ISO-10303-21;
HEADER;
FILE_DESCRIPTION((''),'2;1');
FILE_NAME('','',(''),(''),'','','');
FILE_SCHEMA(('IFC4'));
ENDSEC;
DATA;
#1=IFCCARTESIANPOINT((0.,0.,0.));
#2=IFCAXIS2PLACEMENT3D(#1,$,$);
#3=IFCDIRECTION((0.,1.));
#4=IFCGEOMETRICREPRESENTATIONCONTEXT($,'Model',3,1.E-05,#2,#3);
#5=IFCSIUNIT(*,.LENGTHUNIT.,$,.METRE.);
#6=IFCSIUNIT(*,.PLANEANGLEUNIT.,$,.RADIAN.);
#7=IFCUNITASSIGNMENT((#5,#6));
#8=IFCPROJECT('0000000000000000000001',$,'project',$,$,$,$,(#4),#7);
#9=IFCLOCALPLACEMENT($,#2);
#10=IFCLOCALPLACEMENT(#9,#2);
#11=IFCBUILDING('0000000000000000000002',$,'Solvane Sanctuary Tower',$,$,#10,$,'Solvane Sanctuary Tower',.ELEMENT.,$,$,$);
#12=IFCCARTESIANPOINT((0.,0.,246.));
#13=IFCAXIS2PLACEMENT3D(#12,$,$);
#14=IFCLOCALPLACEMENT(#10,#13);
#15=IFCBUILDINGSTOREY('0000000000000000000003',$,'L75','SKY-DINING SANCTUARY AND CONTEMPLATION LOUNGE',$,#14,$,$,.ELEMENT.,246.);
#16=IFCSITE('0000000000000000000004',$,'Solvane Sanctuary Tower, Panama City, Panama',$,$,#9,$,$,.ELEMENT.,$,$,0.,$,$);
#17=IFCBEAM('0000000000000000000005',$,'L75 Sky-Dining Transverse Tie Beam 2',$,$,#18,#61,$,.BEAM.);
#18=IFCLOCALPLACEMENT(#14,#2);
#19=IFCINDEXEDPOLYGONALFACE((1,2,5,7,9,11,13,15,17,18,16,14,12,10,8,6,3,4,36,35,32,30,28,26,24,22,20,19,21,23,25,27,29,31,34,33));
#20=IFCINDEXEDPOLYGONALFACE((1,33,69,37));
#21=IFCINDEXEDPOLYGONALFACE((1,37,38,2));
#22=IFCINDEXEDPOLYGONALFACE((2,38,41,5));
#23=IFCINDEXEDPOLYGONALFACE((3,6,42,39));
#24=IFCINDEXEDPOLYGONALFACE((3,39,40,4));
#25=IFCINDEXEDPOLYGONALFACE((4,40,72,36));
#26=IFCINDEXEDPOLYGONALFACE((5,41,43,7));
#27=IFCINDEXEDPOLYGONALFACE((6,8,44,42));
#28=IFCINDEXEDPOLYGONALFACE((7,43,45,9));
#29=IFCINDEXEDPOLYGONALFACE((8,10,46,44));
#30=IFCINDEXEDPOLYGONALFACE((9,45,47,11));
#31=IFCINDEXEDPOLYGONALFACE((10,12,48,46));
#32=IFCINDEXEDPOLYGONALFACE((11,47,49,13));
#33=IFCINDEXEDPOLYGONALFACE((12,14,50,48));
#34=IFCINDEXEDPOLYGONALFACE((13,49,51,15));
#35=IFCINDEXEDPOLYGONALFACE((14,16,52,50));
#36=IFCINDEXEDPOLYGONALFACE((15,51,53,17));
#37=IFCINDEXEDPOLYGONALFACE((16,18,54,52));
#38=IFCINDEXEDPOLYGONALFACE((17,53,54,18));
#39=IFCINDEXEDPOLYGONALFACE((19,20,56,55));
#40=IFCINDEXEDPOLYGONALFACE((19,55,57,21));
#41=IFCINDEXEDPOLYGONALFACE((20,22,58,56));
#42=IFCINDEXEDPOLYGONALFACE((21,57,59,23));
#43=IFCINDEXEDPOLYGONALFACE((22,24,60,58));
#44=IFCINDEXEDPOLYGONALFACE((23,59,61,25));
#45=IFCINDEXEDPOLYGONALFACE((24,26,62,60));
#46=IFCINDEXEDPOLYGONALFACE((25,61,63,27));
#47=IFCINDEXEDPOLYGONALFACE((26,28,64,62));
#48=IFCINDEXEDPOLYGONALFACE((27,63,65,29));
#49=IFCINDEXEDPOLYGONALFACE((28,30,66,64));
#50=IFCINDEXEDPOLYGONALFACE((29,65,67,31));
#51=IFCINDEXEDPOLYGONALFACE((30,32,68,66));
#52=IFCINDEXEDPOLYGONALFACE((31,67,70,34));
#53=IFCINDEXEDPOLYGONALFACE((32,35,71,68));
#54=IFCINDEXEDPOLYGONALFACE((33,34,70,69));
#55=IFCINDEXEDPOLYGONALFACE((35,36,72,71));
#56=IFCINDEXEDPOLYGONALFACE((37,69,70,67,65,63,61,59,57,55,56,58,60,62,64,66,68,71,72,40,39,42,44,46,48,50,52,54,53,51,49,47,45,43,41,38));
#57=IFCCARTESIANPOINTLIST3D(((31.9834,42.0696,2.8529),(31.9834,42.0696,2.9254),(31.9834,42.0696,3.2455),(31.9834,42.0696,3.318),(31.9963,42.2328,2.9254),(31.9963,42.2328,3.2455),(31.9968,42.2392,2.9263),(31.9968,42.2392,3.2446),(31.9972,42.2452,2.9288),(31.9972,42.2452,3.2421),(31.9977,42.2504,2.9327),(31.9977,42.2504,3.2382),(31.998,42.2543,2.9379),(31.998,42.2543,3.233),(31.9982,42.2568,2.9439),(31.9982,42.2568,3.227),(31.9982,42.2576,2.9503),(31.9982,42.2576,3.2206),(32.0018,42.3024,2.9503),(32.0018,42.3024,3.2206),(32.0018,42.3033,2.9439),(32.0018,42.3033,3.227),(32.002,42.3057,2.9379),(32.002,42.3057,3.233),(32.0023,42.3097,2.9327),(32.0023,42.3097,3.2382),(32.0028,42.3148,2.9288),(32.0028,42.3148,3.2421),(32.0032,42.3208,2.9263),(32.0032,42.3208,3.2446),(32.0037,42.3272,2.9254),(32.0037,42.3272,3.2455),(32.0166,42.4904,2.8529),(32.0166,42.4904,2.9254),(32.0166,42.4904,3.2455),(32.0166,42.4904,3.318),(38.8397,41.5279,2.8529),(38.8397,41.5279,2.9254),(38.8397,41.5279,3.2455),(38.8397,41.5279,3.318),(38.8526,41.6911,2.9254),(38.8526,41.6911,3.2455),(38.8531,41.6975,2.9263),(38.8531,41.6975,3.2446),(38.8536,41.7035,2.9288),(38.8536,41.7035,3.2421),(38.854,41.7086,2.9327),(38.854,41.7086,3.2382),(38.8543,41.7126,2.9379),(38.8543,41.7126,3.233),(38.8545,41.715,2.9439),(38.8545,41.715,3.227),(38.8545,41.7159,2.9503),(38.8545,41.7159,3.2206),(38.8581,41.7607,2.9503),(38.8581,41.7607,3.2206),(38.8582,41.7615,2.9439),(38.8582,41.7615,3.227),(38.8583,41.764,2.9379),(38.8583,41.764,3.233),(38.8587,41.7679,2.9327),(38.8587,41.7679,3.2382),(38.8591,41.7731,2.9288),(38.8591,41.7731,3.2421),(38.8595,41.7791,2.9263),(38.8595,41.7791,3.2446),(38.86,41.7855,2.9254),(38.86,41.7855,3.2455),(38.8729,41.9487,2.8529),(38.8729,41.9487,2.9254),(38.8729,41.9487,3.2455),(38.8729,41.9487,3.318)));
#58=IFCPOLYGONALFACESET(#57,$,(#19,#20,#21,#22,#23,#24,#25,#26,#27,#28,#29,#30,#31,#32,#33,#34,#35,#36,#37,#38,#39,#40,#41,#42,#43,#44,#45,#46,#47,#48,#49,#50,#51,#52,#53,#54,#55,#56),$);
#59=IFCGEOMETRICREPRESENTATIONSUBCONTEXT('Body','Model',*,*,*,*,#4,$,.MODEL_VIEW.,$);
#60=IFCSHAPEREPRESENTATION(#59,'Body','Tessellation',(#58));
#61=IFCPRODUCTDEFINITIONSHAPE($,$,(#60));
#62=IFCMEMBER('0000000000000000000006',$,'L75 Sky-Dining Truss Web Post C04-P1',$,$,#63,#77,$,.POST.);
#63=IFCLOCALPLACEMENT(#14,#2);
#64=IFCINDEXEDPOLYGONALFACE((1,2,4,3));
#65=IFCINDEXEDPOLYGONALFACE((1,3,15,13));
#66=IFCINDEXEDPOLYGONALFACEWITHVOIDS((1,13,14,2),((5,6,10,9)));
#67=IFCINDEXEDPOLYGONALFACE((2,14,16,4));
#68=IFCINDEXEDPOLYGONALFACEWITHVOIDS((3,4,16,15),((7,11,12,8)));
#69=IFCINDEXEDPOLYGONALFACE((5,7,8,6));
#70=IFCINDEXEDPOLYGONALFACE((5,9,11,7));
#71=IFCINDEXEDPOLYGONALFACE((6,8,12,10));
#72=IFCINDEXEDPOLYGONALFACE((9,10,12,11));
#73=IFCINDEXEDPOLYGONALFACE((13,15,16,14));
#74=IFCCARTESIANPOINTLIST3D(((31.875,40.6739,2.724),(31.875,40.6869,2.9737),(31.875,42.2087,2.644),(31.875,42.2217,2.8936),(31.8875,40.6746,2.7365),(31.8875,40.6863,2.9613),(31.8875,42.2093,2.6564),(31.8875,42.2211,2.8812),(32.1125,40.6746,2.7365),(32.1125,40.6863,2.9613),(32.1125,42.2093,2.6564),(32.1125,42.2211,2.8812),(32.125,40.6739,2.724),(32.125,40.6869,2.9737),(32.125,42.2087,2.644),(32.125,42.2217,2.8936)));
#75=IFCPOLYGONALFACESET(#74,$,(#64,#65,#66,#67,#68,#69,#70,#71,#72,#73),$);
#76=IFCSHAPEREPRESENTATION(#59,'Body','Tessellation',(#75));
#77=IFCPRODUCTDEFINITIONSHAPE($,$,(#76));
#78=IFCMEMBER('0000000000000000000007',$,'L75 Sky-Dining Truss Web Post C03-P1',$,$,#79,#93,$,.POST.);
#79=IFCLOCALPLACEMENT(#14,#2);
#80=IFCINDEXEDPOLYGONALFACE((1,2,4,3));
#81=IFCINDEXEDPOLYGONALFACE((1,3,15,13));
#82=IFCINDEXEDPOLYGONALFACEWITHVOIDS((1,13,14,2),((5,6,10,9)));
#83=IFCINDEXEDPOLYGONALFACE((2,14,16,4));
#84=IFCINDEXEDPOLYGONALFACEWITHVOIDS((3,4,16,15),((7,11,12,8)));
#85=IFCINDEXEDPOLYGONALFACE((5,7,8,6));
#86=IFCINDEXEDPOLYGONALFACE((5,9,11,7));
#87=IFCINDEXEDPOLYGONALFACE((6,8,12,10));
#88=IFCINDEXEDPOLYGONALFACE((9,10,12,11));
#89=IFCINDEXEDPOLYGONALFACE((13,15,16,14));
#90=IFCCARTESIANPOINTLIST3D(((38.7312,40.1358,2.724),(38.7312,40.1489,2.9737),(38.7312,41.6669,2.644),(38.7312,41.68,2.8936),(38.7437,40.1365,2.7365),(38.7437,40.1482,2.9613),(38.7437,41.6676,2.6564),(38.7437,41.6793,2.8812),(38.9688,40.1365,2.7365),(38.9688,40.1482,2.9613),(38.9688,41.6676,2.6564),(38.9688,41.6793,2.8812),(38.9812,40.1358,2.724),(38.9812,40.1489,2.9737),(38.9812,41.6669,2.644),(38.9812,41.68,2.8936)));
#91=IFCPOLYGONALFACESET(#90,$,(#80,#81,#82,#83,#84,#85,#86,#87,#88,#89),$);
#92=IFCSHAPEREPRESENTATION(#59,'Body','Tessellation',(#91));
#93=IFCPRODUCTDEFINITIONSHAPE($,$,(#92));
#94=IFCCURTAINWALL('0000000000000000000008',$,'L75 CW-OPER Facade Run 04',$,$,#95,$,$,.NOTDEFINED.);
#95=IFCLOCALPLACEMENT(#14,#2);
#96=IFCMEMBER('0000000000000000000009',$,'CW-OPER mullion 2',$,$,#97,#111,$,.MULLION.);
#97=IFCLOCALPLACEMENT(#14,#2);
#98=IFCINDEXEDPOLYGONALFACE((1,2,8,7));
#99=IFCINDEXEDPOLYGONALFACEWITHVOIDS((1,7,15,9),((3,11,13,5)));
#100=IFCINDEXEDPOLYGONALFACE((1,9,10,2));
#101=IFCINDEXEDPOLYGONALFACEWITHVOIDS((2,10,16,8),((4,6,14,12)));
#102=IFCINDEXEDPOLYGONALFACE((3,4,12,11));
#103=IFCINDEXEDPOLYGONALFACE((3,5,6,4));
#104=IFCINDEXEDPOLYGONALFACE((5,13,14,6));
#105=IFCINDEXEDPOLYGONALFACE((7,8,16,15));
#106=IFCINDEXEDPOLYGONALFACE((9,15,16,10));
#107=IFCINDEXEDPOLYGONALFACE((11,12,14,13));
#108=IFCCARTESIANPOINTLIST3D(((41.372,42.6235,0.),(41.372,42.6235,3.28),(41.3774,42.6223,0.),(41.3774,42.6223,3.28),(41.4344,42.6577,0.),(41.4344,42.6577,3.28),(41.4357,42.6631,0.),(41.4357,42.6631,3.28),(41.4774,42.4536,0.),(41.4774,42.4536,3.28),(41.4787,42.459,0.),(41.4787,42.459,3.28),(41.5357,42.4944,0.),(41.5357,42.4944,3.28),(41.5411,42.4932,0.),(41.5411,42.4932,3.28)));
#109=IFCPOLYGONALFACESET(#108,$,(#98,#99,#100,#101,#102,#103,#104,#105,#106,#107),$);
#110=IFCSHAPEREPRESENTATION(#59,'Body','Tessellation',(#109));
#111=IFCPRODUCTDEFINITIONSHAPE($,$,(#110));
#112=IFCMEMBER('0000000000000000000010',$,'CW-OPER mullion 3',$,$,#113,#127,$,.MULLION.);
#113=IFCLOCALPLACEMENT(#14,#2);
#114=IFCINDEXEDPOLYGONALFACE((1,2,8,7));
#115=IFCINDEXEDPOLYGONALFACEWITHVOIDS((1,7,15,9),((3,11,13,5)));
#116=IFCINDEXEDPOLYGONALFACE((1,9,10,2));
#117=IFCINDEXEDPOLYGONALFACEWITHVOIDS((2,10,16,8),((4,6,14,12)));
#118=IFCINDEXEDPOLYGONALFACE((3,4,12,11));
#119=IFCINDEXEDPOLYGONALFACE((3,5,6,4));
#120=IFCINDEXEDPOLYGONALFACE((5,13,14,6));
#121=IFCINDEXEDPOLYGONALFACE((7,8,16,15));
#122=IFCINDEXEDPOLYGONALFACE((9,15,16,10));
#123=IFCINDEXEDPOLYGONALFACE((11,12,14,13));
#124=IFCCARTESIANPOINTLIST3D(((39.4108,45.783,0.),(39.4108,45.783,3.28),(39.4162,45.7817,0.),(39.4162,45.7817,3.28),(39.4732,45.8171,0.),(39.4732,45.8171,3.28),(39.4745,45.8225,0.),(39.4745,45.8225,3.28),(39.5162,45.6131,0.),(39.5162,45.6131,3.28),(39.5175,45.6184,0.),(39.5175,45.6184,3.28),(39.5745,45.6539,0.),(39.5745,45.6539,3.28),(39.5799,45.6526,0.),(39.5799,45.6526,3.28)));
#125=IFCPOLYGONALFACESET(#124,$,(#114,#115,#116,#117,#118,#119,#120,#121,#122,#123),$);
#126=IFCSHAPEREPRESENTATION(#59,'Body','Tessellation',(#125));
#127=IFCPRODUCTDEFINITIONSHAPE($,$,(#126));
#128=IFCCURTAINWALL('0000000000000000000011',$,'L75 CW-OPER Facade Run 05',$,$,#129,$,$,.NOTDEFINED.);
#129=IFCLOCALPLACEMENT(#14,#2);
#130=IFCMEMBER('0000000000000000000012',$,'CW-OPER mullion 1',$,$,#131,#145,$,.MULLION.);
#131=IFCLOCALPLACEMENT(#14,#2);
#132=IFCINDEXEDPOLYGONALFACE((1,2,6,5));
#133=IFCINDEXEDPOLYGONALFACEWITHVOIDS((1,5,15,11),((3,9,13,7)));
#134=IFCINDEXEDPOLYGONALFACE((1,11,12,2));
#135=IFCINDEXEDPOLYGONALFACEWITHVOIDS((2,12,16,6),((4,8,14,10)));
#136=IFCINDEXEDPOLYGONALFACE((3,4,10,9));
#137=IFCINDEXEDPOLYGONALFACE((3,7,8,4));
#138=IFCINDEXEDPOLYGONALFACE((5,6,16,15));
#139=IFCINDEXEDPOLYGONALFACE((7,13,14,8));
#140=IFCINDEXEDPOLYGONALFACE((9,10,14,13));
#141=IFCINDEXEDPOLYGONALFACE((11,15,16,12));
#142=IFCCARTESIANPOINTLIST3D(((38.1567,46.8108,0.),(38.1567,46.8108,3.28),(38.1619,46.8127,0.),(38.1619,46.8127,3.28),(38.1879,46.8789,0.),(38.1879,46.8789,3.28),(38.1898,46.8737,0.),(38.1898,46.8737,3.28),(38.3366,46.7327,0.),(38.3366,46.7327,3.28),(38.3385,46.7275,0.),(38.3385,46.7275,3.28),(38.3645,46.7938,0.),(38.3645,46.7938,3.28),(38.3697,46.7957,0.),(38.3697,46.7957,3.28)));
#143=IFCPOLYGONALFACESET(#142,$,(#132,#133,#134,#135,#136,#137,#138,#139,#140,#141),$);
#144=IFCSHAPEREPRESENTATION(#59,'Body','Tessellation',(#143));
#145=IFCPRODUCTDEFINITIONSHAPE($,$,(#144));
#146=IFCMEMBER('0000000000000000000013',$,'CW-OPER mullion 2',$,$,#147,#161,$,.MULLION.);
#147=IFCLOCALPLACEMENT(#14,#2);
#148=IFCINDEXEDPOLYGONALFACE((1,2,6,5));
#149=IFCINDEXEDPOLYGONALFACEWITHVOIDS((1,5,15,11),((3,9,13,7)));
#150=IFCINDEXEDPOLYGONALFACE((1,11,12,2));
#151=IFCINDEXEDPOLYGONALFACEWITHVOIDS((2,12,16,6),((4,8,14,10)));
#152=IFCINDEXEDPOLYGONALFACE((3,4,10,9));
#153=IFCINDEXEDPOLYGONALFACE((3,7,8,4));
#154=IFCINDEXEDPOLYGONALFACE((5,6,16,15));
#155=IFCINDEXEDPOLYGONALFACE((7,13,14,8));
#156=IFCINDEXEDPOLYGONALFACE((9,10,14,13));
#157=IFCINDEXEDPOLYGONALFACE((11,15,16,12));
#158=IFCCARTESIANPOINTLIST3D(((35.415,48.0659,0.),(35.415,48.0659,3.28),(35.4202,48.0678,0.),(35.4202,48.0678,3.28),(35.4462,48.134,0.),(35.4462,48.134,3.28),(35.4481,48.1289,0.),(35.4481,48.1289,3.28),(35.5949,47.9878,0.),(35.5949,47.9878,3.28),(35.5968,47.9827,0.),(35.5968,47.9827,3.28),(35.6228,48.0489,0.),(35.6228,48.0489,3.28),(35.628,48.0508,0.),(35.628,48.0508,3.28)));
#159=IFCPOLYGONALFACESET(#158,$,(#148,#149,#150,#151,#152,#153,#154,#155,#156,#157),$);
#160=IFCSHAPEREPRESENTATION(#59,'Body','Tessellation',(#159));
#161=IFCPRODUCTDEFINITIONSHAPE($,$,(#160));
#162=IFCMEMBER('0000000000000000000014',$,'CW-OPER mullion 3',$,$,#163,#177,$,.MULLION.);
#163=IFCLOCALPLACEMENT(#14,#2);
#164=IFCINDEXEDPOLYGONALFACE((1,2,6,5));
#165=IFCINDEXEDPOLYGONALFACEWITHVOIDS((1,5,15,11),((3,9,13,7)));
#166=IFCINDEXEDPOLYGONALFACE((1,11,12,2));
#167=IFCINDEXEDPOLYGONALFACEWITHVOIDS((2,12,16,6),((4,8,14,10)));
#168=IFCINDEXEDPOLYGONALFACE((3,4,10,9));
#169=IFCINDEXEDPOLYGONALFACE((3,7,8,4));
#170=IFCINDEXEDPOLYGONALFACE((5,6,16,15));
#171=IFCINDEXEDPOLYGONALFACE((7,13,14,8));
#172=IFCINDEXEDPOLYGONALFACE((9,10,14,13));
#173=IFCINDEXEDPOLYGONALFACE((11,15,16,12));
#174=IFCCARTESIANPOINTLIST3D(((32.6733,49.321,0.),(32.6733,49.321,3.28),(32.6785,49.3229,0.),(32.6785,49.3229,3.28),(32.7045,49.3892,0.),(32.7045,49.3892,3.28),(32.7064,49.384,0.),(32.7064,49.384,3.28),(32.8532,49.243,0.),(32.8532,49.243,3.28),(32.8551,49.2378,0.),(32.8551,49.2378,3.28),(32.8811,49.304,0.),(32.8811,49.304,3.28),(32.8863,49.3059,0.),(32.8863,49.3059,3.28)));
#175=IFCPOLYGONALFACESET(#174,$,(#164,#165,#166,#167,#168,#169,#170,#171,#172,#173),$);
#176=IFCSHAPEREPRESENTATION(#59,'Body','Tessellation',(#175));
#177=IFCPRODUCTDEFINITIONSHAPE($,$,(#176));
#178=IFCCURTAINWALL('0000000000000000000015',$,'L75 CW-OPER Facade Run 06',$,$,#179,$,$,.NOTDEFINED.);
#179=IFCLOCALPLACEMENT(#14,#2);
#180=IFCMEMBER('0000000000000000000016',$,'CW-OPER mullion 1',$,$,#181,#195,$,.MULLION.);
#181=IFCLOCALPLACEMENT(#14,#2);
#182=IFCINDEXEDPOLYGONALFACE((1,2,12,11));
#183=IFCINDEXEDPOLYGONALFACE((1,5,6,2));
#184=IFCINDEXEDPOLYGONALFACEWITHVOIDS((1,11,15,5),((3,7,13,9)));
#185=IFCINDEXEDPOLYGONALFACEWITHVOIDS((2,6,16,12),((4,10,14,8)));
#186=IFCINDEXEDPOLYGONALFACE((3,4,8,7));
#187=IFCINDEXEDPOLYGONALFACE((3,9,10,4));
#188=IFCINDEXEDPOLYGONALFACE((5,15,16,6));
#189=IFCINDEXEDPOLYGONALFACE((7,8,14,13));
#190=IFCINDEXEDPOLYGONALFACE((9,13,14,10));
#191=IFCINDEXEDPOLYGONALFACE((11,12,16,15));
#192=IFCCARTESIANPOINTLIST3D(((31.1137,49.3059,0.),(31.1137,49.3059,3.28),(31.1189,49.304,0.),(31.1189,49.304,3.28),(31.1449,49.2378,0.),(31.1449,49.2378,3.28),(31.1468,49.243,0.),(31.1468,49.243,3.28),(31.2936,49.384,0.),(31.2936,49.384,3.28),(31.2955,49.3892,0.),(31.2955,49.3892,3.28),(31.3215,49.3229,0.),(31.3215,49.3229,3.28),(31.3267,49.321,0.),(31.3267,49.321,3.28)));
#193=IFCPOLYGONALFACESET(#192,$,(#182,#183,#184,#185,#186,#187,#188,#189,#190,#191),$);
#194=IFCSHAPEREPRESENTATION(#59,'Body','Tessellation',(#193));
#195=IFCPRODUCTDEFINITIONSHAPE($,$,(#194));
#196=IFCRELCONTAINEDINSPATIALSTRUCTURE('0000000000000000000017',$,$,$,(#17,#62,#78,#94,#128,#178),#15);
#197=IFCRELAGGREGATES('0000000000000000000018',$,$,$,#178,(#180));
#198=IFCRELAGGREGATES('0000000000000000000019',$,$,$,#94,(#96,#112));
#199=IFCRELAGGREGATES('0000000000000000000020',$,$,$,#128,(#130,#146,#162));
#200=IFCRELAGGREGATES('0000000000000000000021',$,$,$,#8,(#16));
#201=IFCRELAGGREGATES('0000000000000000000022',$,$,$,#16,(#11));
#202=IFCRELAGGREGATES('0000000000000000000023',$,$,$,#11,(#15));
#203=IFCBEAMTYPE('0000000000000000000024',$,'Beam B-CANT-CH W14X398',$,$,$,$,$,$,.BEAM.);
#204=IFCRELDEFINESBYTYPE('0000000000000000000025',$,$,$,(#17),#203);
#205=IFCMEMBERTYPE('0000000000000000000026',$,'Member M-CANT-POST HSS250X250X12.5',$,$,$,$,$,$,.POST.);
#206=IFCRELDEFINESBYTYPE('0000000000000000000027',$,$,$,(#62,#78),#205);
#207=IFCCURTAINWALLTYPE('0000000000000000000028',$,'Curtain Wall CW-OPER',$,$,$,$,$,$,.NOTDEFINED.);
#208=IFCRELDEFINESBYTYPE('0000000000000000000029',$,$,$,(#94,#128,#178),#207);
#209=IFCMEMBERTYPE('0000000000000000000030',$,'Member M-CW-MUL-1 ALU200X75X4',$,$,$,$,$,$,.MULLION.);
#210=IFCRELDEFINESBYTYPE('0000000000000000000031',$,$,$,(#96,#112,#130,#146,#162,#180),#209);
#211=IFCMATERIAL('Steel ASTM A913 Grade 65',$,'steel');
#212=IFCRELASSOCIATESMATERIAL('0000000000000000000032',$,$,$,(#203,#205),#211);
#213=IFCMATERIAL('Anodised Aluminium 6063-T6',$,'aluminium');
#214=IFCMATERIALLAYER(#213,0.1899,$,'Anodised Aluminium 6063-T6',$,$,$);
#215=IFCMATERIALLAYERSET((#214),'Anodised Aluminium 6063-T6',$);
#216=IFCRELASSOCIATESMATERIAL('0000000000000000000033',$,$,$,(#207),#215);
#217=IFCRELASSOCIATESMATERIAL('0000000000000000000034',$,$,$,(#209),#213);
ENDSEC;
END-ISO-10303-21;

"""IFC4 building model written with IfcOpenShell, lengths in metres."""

from ifc_helpers import new_model, si_unit, direction, frame, origin, origin_2d, place, context, subcontext, project, spatial, hollow_rectangle, i_section, extrude, material, layer, layer_set, material_profile, profile_set, type_object, element, aggregate, save


model = new_model("IFC4")

# Units and contexts
model_context = context("Model", 3, precision=1e-05, world=origin(), true_north=direction((0.0, 1.0)))
body_context = subcontext(model_context, "Body", "Model", "MODEL_VIEW")
ifc_project = project(units=[si_unit("LENGTHUNIT", "METRE"), si_unit("PLANEANGLEUNIT", "RADIAN")], contexts=[model_context])

# Site, building, storey
site_placement = place(None, origin())
site = spatial("IfcSite", under=ifc_project, at=site_placement, Name="Solvane Sanctuary Tower, Panama City, Panama", CompositionType="ELEMENT", RefElevation=0.0)
building_placement = place(site_placement, origin())
building = spatial("IfcBuilding", under=site, at=building_placement, Name="Solvane Sanctuary Tower", LongName="Solvane Sanctuary Tower", CompositionType="ELEMENT")
storey_placement = place(building_placement, frame((0.0, 0.0, 246.0)))
storey = spatial("IfcBuildingStorey", under=building, at=storey_placement, Name="L75", Description="SKY-DINING SANCTUARY AND CONTEMPLATION LOUNGE", CompositionType="ELEMENT", Elevation=246.0)

# Beam
ifc_material_1 = material(Name="Steel ASTM A913 Grade 65", Category="steel")
ifc_material_profile_1 = material_profile(ifc_material_1, i_section(OverallWidth=0.4221, OverallDepth=0.4651, WebThickness=0.0449, FlangeThickness=0.0725, FilletRadius=0.0249, at=origin_2d()), Name="W14X398")
ifc_profile_set_1 = profile_set([ifc_material_profile_1], Name="Steel ASTM A913 Grade 65")
beam_type = type_object("IfcBeamType", Name="Beam B-CANT-CH W14X398", PredefinedType="BEAM", material=ifc_profile_set_1)
beam_placement = place(storey_placement, frame((32.0, 42.28, 3.0854), z_axis=(0.996893, -0.07877, 0.0), x_axis=(0.07877, 0.996893, 0.0)))
element("IfcBeam", 1, at=beam_placement, inside=storey, type_object=beam_type, Name="L75 Sky-Dining Transverse Tie Beam 2", PredefinedType="BEAM", context=body_context, shape_type="SweptSolid", body=[
    extrude(i_section(OverallWidth=0.4221, OverallDepth=0.4651, WebThickness=0.0449, FlangeThickness=0.0725, FilletRadius=0.0249, at=origin_2d()), origin(), (0.0, 0.0, 1.0), 6.8777),
])

# Members
ifc_material_profile_2 = material_profile(ifc_material_1, hollow_rectangle(XDim=0.25, YDim=0.25, WallThickness=0.0125, at=origin_2d()), Name="HSS250X250X12.5")
ifc_profile_set_2 = profile_set([ifc_material_profile_2], Name="Steel ASTM A913 Grade 65")
member_type_1 = type_object("IfcMemberType", Name="Member M-CANT-POST HSS250X250X12.5", PredefinedType="POST", material=ifc_profile_set_2)
member_1_placement = place(storey_placement, frame((32.0, 40.6804, 2.8489), z_axis=(0.0, 0.998641, -0.052109), x_axis=(-1.0, 0.0, 0.0)))
element("IfcMember", 2, at=member_1_placement, inside=storey, type_object=member_type_1, Name="L75 Sky-Dining Truss Web Post C04-P1", PredefinedType="POST", context=body_context, shape_type="SweptSolid", body=[
    extrude(hollow_rectangle(XDim=0.25, YDim=0.25, WallThickness=0.0125, at=origin_2d()), origin(), (0.0, 0.0, 1.0), 1.5369),
])
member_2_placement = place(storey_placement, frame((38.8562, 40.1423, 2.8489), z_axis=(0.0, 0.998635, -0.052233), x_axis=(-1.0, 0.0, 0.0)))
element("IfcMember", 3, at=member_2_placement, inside=storey, type_object=member_type_1, Name="L75 Sky-Dining Truss Web Post C03-P1", PredefinedType="POST", context=body_context, shape_type="SweptSolid", body=[
    extrude(hollow_rectangle(XDim=0.25, YDim=0.25, WallThickness=0.0125, at=origin_2d()), origin(), (0.0, 0.0, 1.0), 1.5332),
])

# Curtain walls, members
ifc_material_2 = material(Name="Anodised Aluminium 6063-T6", Category="aluminium")
ifc_layer_1 = layer(ifc_material_2, 0.1899, Name="Anodised Aluminium 6063-T6")
ifc_layer_set_1 = layer_set([ifc_layer_1], Name="Anodised Aluminium 6063-T6")
curtain_wall_type = type_object("IfcCurtainWallType", Name="Curtain Wall CW-OPER", PredefinedType="NOTDEFINED", material=ifc_layer_set_1)
curtain_wall_1_placement = place(storey_placement, origin())
curtain_wall_1 = element("IfcCurtainWall", 4, at=curtain_wall_1_placement, inside=storey, type_object=curtain_wall_type, Name="L75 CW-OPER Facade Run 04", PredefinedType="NOTDEFINED")
ifc_material_profile_3 = material_profile(ifc_material_2, hollow_rectangle(XDim=0.075, YDim=0.2, WallThickness=0.0039, at=origin_2d()), Name="ALU200X75X4")
ifc_profile_set_3 = profile_set([ifc_material_profile_3], Name="Anodised Aluminium 6063-T6")
member_type_2 = type_object("IfcMemberType", Name="Member M-CW-MUL-1 ALU200X75X4", PredefinedType="MULLION", material=ifc_profile_set_3)
member_3_placement = place(storey_placement, frame((41.4565, 42.5583, 0.0), z_axis=(0.0, 0.0, 1.0), x_axis=(-0.849622, -0.527392, 0.0)))
member_3 = element("IfcMember", 5, at=member_3_placement, type_object=member_type_2, Name="CW-OPER mullion 2", PredefinedType="MULLION", context=body_context, shape_type="SweptSolid", body=[
    extrude(hollow_rectangle(XDim=0.075, YDim=0.2, WallThickness=0.0039, at=origin_2d()), origin(), (0.0, 0.0, 1.0), 3.28),
])
member_4_placement = place(storey_placement, frame((39.4954, 45.7178, 0.0), z_axis=(0.0, 0.0, 1.0), x_axis=(-0.849622, -0.527392, 0.0)))
member_4 = element("IfcMember", 6, at=member_4_placement, type_object=member_type_2, Name="CW-OPER mullion 3", PredefinedType="MULLION", context=body_context, shape_type="SweptSolid", body=[
    extrude(hollow_rectangle(XDim=0.075, YDim=0.2, WallThickness=0.0039, at=origin_2d()), origin(), (0.0, 0.0, 1.0), 3.28),
])
curtain_wall_2_placement = place(storey_placement, origin())
curtain_wall_2 = element("IfcCurtainWall", 7, at=curtain_wall_2_placement, inside=storey, type_object=curtain_wall_type, Name="L75 CW-OPER Facade Run 05", PredefinedType="NOTDEFINED")
member_5_placement = place(storey_placement, frame((38.2632, 46.8032, 0.0), z_axis=(0.0, 0.0, 1.0), x_axis=(-0.416225, -0.909262, 0.0)))
member_5 = element("IfcMember", 8, at=member_5_placement, type_object=member_type_2, Name="CW-OPER mullion 1", PredefinedType="MULLION", context=body_context, shape_type="SweptSolid", body=[
    extrude(hollow_rectangle(XDim=0.075, YDim=0.2, WallThickness=0.0039, at=origin_2d()), origin(), (0.0, 0.0, 1.0), 3.28),
])
member_6_placement = place(storey_placement, frame((35.5215, 48.0583, 0.0), z_axis=(0.0, 0.0, 1.0), x_axis=(-0.416225, -0.909262, 0.0)))
member_6 = element("IfcMember", 9, at=member_6_placement, type_object=member_type_2, Name="CW-OPER mullion 2", PredefinedType="MULLION", context=body_context, shape_type="SweptSolid", body=[
    extrude(hollow_rectangle(XDim=0.075, YDim=0.2, WallThickness=0.0039, at=origin_2d()), origin(), (0.0, 0.0, 1.0), 3.28),
])
member_7_placement = place(storey_placement, frame((32.7798, 49.3135, 0.0), z_axis=(0.0, 0.0, 1.0), x_axis=(-0.416225, -0.909262, 0.0)))
member_7 = element("IfcMember", 10, at=member_7_placement, type_object=member_type_2, Name="CW-OPER mullion 3", PredefinedType="MULLION", context=body_context, shape_type="SweptSolid", body=[
    extrude(hollow_rectangle(XDim=0.075, YDim=0.2, WallThickness=0.0039, at=origin_2d()), origin(), (0.0, 0.0, 1.0), 3.28),
])

# Curtain wall, member
curtain_wall_3_placement = place(storey_placement, origin())
curtain_wall_3 = element("IfcCurtainWall", 11, at=curtain_wall_3_placement, inside=storey, type_object=curtain_wall_type, Name="L75 CW-OPER Facade Run 06", PredefinedType="NOTDEFINED")
member_8_placement = place(storey_placement, frame((31.2202, 49.3135, 0.0), z_axis=(0.0, 0.0, 1.0), x_axis=(0.416225, -0.909262, 0.0)))
member_8 = element("IfcMember", 12, at=member_8_placement, type_object=member_type_2, Name="CW-OPER mullion 1", PredefinedType="MULLION", context=body_context, shape_type="SweptSolid", body=[
    extrude(hollow_rectangle(XDim=0.075, YDim=0.2, WallThickness=0.0039, at=origin_2d()), origin(), (0.0, 0.0, 1.0), 3.28),
])

aggregate(curtain_wall_3, [member_8])

aggregate(curtain_wall_1, [member_3, member_4])
aggregate(curtain_wall_2, [member_5, member_6, member_7])

save(model, "model.ifc")
